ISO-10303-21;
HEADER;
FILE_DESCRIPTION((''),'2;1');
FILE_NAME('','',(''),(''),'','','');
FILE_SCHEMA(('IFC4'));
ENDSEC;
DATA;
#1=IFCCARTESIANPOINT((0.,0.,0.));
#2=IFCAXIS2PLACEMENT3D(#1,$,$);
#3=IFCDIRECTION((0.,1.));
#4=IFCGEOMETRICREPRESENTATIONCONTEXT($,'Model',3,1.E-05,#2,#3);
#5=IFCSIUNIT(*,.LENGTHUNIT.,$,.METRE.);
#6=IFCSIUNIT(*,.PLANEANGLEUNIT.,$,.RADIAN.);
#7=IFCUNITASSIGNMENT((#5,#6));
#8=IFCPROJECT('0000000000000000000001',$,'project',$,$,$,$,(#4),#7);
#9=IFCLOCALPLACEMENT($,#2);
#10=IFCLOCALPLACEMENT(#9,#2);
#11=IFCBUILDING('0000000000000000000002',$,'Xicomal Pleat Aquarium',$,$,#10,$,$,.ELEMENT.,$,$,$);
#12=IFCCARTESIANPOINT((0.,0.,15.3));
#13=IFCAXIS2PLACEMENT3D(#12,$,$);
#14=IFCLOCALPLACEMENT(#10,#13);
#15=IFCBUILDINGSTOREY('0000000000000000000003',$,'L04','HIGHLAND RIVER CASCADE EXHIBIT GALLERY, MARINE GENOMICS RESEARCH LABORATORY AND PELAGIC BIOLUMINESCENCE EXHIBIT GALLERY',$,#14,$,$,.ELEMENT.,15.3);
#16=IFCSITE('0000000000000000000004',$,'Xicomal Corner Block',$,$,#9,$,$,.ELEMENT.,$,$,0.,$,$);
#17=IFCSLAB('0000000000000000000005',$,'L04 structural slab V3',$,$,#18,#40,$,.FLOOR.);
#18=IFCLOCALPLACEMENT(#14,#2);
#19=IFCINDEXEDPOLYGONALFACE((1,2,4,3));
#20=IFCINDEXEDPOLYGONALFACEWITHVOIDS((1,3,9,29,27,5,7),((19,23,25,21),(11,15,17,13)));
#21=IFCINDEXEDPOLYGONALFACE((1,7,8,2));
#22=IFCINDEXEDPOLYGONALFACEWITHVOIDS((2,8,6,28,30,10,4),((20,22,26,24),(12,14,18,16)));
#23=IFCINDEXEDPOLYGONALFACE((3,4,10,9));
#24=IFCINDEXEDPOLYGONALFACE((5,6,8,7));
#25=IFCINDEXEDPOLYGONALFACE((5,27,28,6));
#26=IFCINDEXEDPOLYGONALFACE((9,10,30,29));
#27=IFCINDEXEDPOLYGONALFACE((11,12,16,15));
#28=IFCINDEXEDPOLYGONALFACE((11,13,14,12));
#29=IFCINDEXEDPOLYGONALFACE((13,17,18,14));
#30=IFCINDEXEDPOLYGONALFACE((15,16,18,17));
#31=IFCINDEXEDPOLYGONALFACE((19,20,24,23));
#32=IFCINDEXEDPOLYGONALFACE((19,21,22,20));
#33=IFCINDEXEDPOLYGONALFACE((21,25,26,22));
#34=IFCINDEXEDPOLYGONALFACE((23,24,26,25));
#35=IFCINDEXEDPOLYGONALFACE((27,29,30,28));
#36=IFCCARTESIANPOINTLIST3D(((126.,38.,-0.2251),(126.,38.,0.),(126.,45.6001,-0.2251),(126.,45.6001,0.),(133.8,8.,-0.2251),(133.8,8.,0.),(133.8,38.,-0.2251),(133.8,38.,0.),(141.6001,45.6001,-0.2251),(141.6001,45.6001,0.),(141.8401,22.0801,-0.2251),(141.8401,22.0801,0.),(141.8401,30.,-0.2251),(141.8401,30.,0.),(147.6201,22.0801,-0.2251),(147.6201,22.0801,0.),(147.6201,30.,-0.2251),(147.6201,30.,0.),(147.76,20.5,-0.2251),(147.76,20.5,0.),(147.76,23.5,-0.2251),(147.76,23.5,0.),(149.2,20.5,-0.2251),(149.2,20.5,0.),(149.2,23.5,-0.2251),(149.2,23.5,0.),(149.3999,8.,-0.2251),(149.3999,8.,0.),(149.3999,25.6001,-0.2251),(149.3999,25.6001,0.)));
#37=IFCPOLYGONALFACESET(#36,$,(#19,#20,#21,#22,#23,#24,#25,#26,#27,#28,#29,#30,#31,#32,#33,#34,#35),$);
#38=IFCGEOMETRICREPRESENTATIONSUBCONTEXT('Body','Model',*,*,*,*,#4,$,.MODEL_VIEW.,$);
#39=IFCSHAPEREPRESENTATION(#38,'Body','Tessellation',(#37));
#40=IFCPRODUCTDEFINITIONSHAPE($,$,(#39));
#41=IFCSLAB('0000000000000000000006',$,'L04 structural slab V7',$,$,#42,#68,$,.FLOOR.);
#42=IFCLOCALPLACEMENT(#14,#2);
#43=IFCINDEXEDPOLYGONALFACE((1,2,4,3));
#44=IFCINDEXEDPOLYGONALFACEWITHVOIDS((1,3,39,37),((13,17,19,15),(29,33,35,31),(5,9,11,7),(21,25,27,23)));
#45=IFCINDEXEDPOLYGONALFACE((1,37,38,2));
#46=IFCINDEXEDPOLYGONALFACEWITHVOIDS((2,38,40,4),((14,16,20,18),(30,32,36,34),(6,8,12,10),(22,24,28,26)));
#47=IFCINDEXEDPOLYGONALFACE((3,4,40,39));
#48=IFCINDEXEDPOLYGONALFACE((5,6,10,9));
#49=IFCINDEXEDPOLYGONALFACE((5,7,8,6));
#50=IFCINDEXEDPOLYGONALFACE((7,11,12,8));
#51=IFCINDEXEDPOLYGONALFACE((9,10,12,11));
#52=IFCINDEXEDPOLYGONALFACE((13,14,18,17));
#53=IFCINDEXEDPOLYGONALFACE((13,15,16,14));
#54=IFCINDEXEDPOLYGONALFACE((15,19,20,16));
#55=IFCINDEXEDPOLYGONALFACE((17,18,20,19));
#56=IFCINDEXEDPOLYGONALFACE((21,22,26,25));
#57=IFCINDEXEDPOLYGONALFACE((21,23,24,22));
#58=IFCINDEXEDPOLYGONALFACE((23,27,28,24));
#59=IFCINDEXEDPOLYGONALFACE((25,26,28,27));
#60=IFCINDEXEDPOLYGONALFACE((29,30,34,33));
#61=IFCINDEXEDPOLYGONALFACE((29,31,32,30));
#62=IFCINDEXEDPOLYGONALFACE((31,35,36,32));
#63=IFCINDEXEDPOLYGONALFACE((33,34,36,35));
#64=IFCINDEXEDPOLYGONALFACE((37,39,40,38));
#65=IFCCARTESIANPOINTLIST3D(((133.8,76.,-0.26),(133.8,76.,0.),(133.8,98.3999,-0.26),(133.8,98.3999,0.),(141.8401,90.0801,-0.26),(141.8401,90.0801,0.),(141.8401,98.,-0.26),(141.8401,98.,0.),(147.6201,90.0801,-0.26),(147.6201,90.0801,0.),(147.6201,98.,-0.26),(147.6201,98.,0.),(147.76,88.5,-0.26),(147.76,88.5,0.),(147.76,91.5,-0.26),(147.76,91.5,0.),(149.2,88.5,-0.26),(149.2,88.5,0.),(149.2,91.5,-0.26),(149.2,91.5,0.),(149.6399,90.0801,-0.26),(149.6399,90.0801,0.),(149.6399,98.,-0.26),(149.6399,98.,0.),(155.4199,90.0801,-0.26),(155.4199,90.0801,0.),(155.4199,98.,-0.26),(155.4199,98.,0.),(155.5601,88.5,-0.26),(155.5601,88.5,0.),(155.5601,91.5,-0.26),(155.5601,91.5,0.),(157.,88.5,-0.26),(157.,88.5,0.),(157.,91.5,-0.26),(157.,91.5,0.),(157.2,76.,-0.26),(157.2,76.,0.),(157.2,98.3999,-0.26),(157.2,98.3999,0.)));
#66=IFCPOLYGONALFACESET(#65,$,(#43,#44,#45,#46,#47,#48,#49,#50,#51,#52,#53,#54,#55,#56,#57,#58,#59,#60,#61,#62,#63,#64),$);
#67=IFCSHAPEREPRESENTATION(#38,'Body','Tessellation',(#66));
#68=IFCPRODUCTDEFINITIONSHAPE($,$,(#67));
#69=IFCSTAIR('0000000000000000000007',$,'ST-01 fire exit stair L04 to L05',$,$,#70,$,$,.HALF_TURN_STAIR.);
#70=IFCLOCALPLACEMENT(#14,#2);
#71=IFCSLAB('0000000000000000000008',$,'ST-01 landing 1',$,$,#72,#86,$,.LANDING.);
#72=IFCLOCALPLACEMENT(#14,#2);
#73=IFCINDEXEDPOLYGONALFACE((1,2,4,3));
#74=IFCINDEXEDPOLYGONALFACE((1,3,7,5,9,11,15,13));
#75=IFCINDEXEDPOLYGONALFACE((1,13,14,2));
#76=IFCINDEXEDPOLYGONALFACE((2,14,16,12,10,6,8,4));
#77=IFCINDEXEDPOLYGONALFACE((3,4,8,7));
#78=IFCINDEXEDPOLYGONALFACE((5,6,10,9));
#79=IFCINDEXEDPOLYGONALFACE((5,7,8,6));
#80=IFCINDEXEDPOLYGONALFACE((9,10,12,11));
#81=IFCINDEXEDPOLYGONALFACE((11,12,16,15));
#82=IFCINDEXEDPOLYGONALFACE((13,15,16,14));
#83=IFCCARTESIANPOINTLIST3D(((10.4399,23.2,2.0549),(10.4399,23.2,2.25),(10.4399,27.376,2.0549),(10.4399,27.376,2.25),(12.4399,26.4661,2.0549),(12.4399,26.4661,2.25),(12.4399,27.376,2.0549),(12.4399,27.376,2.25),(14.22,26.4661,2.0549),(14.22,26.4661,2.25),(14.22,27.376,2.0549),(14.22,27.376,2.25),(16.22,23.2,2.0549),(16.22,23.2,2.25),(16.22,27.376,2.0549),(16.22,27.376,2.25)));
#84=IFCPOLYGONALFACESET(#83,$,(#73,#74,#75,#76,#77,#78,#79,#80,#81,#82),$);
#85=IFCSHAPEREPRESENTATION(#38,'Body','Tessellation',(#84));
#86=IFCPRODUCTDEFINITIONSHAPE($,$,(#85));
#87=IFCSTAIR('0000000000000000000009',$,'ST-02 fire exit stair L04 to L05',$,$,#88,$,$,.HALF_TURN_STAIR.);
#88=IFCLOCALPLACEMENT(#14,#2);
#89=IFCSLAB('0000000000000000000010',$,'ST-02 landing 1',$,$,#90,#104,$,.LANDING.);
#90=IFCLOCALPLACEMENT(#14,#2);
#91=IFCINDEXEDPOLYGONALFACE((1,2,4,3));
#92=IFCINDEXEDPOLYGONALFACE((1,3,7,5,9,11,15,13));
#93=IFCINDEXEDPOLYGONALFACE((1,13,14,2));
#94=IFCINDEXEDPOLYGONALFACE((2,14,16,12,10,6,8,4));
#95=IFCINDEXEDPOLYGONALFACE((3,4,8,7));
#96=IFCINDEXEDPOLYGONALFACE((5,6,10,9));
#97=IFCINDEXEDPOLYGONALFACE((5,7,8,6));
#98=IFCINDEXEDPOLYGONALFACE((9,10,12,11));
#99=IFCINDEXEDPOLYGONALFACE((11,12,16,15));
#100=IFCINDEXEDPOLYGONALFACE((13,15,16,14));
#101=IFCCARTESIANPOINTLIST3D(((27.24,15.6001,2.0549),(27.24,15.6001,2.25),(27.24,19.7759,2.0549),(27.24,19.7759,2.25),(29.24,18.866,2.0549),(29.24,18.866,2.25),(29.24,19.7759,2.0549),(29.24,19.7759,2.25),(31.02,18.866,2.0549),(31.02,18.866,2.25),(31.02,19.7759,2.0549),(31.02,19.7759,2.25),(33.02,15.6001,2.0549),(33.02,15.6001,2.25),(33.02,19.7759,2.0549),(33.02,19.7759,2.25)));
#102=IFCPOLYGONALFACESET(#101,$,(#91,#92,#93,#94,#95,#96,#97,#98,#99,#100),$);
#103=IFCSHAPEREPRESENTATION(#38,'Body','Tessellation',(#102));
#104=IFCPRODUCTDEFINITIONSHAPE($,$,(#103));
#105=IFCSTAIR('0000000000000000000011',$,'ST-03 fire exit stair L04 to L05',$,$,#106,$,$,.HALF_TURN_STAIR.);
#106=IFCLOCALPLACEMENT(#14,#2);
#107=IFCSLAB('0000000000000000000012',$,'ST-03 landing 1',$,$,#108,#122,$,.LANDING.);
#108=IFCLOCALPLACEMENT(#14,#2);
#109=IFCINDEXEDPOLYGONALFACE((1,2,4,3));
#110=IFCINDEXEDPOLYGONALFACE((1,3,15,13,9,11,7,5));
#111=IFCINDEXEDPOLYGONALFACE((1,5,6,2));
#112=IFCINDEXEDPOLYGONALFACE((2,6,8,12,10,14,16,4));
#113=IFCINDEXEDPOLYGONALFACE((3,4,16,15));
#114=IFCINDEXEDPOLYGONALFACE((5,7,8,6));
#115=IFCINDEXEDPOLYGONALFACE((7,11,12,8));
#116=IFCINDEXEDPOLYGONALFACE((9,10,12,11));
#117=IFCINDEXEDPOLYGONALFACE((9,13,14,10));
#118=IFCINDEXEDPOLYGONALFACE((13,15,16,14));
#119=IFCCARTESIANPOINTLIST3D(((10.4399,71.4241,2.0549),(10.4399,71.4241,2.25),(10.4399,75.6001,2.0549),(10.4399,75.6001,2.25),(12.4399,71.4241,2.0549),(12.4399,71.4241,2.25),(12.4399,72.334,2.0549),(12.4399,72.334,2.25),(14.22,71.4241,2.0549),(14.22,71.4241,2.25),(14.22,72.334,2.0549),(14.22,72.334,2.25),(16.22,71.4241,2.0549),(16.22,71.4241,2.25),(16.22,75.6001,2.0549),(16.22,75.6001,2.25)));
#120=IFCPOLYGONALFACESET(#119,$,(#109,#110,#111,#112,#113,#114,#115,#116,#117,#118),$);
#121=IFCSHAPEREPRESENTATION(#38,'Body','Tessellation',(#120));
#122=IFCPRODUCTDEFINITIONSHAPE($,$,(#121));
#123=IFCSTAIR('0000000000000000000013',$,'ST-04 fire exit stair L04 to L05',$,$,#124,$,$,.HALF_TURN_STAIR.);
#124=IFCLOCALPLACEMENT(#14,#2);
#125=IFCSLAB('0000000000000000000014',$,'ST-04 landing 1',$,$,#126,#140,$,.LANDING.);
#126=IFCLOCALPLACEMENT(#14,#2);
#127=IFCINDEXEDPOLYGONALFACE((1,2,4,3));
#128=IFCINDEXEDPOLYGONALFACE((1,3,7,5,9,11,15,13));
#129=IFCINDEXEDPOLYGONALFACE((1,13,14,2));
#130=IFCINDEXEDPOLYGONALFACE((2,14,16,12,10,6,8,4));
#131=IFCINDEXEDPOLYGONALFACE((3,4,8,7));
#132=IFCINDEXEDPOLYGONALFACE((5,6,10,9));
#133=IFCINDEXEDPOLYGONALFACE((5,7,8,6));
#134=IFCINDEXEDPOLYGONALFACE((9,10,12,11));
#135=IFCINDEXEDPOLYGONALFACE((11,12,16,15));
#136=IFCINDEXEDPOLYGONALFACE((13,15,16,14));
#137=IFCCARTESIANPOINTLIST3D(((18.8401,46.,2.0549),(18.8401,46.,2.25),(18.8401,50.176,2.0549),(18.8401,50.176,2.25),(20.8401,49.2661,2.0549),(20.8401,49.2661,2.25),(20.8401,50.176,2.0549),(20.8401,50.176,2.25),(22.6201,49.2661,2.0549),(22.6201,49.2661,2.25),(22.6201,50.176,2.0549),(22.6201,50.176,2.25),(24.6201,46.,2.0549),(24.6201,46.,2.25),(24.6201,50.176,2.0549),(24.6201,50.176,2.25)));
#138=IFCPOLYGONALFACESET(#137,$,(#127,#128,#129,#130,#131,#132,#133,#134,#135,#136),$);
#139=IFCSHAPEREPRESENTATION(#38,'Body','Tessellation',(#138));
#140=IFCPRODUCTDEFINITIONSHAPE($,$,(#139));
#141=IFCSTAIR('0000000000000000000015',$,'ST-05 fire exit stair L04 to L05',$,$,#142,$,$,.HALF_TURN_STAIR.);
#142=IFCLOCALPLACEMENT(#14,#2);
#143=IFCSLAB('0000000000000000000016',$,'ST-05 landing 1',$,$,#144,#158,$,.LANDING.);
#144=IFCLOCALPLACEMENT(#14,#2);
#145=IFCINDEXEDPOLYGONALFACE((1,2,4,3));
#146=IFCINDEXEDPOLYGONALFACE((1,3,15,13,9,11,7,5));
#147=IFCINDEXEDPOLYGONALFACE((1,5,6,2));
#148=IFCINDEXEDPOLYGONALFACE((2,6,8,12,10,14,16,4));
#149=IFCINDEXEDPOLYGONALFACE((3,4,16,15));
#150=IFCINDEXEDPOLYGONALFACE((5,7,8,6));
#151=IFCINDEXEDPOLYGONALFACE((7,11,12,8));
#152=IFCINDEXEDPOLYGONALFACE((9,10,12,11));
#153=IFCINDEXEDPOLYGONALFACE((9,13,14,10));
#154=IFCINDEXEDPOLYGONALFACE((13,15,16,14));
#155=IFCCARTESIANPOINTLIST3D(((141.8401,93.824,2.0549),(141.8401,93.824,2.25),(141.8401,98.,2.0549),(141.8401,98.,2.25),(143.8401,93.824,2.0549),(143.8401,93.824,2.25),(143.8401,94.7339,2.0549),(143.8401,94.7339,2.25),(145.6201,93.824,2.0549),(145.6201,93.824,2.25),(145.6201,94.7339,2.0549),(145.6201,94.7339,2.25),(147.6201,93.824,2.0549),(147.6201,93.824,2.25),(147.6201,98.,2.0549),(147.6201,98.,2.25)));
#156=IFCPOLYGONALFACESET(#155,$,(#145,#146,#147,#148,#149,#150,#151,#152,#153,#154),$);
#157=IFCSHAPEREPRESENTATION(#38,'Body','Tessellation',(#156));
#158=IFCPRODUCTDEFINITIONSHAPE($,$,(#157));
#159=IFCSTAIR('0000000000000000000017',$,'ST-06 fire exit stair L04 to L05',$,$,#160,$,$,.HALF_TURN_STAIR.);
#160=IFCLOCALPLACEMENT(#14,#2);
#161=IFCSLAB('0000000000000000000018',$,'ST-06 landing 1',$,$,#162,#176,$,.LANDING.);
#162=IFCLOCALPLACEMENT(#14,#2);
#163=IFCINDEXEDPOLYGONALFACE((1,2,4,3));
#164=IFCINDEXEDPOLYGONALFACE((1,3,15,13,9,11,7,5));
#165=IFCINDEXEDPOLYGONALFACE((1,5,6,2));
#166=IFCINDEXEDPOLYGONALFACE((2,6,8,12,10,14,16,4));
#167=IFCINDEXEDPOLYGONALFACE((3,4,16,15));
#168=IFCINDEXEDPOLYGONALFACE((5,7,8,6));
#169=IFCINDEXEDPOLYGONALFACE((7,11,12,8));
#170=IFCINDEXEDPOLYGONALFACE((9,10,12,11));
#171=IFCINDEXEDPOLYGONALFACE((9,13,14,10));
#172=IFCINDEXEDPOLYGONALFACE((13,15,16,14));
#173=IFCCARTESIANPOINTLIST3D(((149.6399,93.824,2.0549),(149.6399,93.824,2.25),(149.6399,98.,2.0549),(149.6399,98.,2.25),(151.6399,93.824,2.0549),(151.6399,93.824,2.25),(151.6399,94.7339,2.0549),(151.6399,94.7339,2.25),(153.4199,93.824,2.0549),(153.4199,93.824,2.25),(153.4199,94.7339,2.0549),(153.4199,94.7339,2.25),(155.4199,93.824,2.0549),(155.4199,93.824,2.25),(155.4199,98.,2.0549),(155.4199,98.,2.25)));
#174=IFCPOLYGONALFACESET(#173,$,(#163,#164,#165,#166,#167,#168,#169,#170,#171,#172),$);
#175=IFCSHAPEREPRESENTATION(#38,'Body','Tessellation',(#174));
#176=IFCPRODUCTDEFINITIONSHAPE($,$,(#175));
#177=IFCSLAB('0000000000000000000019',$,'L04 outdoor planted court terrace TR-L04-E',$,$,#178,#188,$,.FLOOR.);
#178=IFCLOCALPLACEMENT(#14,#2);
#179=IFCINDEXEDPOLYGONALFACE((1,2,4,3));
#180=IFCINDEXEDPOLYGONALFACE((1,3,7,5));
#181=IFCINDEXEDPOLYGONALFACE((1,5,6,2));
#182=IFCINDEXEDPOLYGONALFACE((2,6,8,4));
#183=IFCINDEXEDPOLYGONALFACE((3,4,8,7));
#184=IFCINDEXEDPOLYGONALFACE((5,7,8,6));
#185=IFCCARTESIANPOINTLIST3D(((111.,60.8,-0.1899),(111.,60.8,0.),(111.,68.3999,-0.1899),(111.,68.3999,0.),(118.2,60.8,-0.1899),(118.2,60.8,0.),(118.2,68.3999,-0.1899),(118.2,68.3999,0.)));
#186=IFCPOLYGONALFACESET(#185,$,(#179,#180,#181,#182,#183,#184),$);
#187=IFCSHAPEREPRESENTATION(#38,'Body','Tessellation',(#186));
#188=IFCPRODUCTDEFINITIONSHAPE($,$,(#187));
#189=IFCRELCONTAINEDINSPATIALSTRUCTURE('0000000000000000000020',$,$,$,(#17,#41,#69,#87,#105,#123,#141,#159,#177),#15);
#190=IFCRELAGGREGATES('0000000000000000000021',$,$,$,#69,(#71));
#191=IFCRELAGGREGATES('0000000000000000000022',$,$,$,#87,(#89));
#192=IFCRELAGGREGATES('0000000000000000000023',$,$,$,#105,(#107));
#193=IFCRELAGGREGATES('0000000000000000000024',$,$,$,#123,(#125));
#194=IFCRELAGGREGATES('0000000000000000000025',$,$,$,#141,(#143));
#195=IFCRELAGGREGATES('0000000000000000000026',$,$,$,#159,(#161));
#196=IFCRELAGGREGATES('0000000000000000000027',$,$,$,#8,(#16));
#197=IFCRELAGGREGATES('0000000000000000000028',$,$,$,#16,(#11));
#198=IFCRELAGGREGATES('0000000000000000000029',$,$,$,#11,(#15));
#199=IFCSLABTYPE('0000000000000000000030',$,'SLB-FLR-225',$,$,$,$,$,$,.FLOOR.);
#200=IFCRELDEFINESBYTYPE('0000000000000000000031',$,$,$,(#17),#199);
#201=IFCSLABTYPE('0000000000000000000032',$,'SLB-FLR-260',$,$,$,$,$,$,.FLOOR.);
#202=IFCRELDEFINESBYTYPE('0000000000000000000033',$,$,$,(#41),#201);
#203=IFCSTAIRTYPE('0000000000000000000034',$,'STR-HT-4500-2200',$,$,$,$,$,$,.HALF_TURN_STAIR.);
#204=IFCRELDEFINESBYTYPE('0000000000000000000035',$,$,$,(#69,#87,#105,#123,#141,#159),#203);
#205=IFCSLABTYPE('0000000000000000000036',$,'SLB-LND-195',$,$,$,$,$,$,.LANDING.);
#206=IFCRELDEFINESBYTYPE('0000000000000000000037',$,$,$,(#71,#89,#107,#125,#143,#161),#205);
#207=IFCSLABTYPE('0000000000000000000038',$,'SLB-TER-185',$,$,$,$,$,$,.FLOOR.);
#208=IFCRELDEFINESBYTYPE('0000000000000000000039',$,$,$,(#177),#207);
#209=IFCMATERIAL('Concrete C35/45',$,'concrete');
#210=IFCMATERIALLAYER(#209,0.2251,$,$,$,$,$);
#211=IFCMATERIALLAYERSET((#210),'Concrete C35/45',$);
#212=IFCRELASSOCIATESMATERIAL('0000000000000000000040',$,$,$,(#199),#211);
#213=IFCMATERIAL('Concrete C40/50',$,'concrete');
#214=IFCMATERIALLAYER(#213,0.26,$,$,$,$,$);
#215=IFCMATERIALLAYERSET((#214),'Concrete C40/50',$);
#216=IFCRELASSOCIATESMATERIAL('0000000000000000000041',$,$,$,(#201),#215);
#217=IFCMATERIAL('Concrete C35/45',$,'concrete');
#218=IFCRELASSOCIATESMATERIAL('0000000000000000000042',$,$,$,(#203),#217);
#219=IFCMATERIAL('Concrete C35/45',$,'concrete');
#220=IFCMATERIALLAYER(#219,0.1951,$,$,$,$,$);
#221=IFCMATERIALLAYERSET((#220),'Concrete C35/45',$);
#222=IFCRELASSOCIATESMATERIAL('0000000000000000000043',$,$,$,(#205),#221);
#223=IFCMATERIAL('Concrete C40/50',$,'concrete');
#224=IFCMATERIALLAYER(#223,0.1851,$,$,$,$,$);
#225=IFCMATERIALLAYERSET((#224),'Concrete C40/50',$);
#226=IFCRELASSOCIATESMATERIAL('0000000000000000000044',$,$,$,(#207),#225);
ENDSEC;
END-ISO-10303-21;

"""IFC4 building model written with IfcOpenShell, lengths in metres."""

from ifc_helpers import new_model, si_unit, direction, frame, origin, place, context, subcontext, project, spatial, polyline, outline, extrude, material, layer, layer_set, type_object, element, aggregate, save


model = new_model("IFC4")

# Units and contexts
model_context = context("Model", 3, precision=1e-05, world=origin(), true_north=direction((0.0, 1.0)))
body_context = subcontext(model_context, "Body", "Model", "MODEL_VIEW")
ifc_project = project(units=[si_unit("LENGTHUNIT", "METRE"), si_unit("PLANEANGLEUNIT", "RADIAN")], contexts=[model_context])

# Site, building, storey
site_placement = place(None, origin())
site = spatial("IfcSite", under=ifc_project, at=site_placement, Name="Xicomal Corner Block", CompositionType="ELEMENT", RefElevation=0.0)
building_placement = place(site_placement, origin())
building = spatial("IfcBuilding", under=site, at=building_placement, Name="Xicomal Pleat Aquarium", CompositionType="ELEMENT")
storey_placement = place(building_placement, frame((0.0, 0.0, 15.3)))
storey = spatial("IfcBuildingStorey", under=building, at=storey_placement, Name="L04", Description="HIGHLAND RIVER CASCADE EXHIBIT GALLERY, MARINE GENOMICS RESEARCH LABORATORY AND PELAGIC BIOLUMINESCENCE EXHIBIT GALLERY", CompositionType="ELEMENT", Elevation=15.3)

# Slabs
ifc_material_1 = material(Name="Concrete C35/45", Category="concrete")
ifc_layer_1 = layer(ifc_material_1, 0.2251)
ifc_layer_set_1 = layer_set([ifc_layer_1], Name="Concrete C35/45")
slab_type_1 = type_object("IfcSlabType", Name="SLB-FLR-225", PredefinedType="FLOOR", material=ifc_layer_set_1)
slab_1_placement = place(storey_placement, frame((0.0, 0.0, -0.2251)))
element("IfcSlab", 1, at=slab_1_placement, inside=storey, type_object=slab_type_1, Name="L04 structural slab V3", PredefinedType="FLOOR", context=body_context, shape_type="SweptSolid", body=[
    extrude(outline(polyline([(141.6001, 45.6001), (149.3999, 25.6001), (149.3999, 8.0), (133.8, 8.0), (133.8, 38.0), (126.0, 38.0), (126.0, 45.6001), (141.6001, 45.6001)]), holes=[polyline([(141.8401, 22.0801), (147.6201, 22.0801), (147.6201, 30.0), (141.8401, 30.0), (141.8401, 22.0801)]), polyline([(147.76, 20.5), (149.2, 20.5), (149.2, 23.5), (147.76, 23.5), (147.76, 20.5)])]), origin(), (0.0, 0.0, 1.0), 0.2251),
])
ifc_material_2 = material(Name="Concrete C40/50", Category="concrete")
ifc_layer_2 = layer(ifc_material_2, 0.26)
ifc_layer_set_2 = layer_set([ifc_layer_2], Name="Concrete C40/50")
slab_type_2 = type_object("IfcSlabType", Name="SLB-FLR-260", PredefinedType="FLOOR", material=ifc_layer_set_2)
slab_2_placement = place(storey_placement, frame((0.0, 0.0, -0.26)))
element("IfcSlab", 2, at=slab_2_placement, inside=storey, type_object=slab_type_2, Name="L04 structural slab V7", PredefinedType="FLOOR", context=body_context, shape_type="SweptSolid", body=[
    extrude(outline(polyline([(133.8, 98.3999), (157.2, 98.3999), (157.2, 76.0), (133.8, 76.0), (133.8, 98.3999)]), holes=[polyline([(141.8401, 90.0801), (147.6201, 90.0801), (147.6201, 98.0), (141.8401, 98.0), (141.8401, 90.0801)]), polyline([(147.76, 88.5), (149.2, 88.5), (149.2, 91.5), (147.76, 91.5), (147.76, 88.5)]), polyline([(149.6399, 90.0801), (155.4199, 90.0801), (155.4199, 98.0), (149.6399, 98.0), (149.6399, 90.0801)]), polyline([(155.5601, 88.5), (157.0, 88.5), (157.0, 91.5), (155.5601, 91.5), (155.5601, 88.5)])]), origin(), (0.0, 0.0, 1.0), 0.26),
])

# Stairs, slabs
ifc_material_3 = material(Name="Concrete C35/45", Category="concrete")
stair_type = type_object("IfcStairType", Name="STR-HT-4500-2200", PredefinedType="HALF_TURN_STAIR", material=ifc_material_3)
stair_1_placement = place(storey_placement, origin())
stair_1 = element("IfcStair", 3, at=stair_1_placement, inside=storey, type_object=stair_type, Name="ST-01 fire exit stair L04 to L05", PredefinedType="HALF_TURN_STAIR")
ifc_material_4 = material(Name="Concrete C35/45", Category="concrete")
ifc_layer_3 = layer(ifc_material_4, 0.1951)
ifc_layer_set_3 = layer_set([ifc_layer_3], Name="Concrete C35/45")
slab_type_3 = type_object("IfcSlabType", Name="SLB-LND-195", PredefinedType="LANDING", material=ifc_layer_set_3)
slab_3_placement = place(storey_placement, frame((0.0, 0.0, 2.0549)))
slab_3 = element("IfcSlab", 4, at=slab_3_placement, type_object=slab_type_3, Name="ST-01 landing 1", PredefinedType="LANDING", context=body_context, shape_type="SweptSolid", body=[
    extrude(outline(polyline([(10.4399, 23.2), (16.22, 23.2), (16.22, 27.376), (14.22, 27.376), (14.22, 26.4661), (12.4399, 26.4661), (12.4399, 27.376), (10.4399, 27.376), (10.4399, 23.2)])), origin(), (0.0, 0.0, 1.0), 0.1951),
])
aggregate(stair_1, [slab_3])
stair_2_placement = place(storey_placement, origin())
stair_2 = element("IfcStair", 5, at=stair_2_placement, inside=storey, type_object=stair_type, Name="ST-02 fire exit stair L04 to L05", PredefinedType="HALF_TURN_STAIR")
slab_4_placement = place(storey_placement, frame((0.0, 0.0, 2.0549)))
slab_4 = element("IfcSlab", 6, at=slab_4_placement, type_object=slab_type_3, Name="ST-02 landing 1", PredefinedType="LANDING", context=body_context, shape_type="SweptSolid", body=[
    extrude(outline(polyline([(27.24, 15.6001), (33.02, 15.6001), (33.02, 19.7759), (31.02, 19.7759), (31.02, 18.866), (29.24, 18.866), (29.24, 19.7759), (27.24, 19.7759), (27.24, 15.6001)])), origin(), (0.0, 0.0, 1.0), 0.1951),
])
aggregate(stair_2, [slab_4])
stair_3_placement = place(storey_placement, origin())
stair_3 = element("IfcStair", 7, at=stair_3_placement, inside=storey, type_object=stair_type, Name="ST-03 fire exit stair L04 to L05", PredefinedType="HALF_TURN_STAIR")
slab_5_placement = place(storey_placement, frame((0.0, 0.0, 2.0549)))
slab_5 = element("IfcSlab", 8, at=slab_5_placement, type_object=slab_type_3, Name="ST-03 landing 1", PredefinedType="LANDING", context=body_context, shape_type="SweptSolid", body=[
    extrude(outline(polyline([(10.4399, 75.6001), (16.22, 75.6001), (16.22, 71.4241), (14.22, 71.4241), (14.22, 72.334), (12.4399, 72.334), (12.4399, 71.4241), (10.4399, 71.4241), (10.4399, 75.6001)])), origin(), (0.0, 0.0, 1.0), 0.1951),
])
aggregate(stair_3, [slab_5])
stair_4_placement = place(storey_placement, origin())
stair_4 = element("IfcStair", 9, at=stair_4_placement, inside=storey, type_object=stair_type, Name="ST-04 fire exit stair L04 to L05", PredefinedType="HALF_TURN_STAIR")
slab_6_placement = place(storey_placement, frame((0.0, 0.0, 2.0549)))
slab_6 = element("IfcSlab", 10, at=slab_6_placement, type_object=slab_type_3, Name="ST-04 landing 1", PredefinedType="LANDING", context=body_context, shape_type="SweptSolid", body=[
    extrude(outline(polyline([(18.8401, 46.0), (24.6201, 46.0), (24.6201, 50.176), (22.6201, 50.176), (22.6201, 49.2661), (20.8401, 49.2661), (20.8401, 50.176), (18.8401, 50.176), (18.8401, 46.0)])), origin(), (0.0, 0.0, 1.0), 0.1951),
])
aggregate(stair_4, [slab_6])
stair_5_placement = place(storey_placement, origin())
stair_5 = element("IfcStair", 11, at=stair_5_placement, inside=storey, type_object=stair_type, Name="ST-05 fire exit stair L04 to L05", PredefinedType="HALF_TURN_STAIR")
slab_7_placement = place(storey_placement, frame((0.0, 0.0, 2.0549)))
slab_7 = element("IfcSlab", 12, at=slab_7_placement, type_object=slab_type_3, Name="ST-05 landing 1", PredefinedType="LANDING", context=body_context, shape_type="SweptSolid", body=[
    extrude(outline(polyline([(141.8401, 98.0), (147.6201, 98.0), (147.6201, 93.824), (145.6201, 93.824), (145.6201, 94.7339), (143.8401, 94.7339), (143.8401, 93.824), (141.8401, 93.824), (141.8401, 98.0)])), origin(), (0.0, 0.0, 1.0), 0.1951),
])
aggregate(stair_5, [slab_7])
stair_6_placement = place(storey_placement, origin())
stair_6 = element("IfcStair", 13, at=stair_6_placement, inside=storey, type_object=stair_type, Name="ST-06 fire exit stair L04 to L05", PredefinedType="HALF_TURN_STAIR")
slab_8_placement = place(storey_placement, frame((0.0, 0.0, 2.0549)))
slab_8 = element("IfcSlab", 14, at=slab_8_placement, type_object=slab_type_3, Name="ST-06 landing 1", PredefinedType="LANDING", context=body_context, shape_type="SweptSolid", body=[
    extrude(outline(polyline([(149.6399, 98.0), (155.4199, 98.0), (155.4199, 93.824), (153.4199, 93.824), (153.4199, 94.7339), (151.6399, 94.7339), (151.6399, 93.824), (149.6399, 93.824), (149.6399, 98.0)])), origin(), (0.0, 0.0, 1.0), 0.1951),
])
aggregate(stair_6, [slab_8])

# Slab
ifc_material_5 = material(Name="Concrete C40/50", Category="concrete")
ifc_layer_4 = layer(ifc_material_5, 0.1851)
ifc_layer_set_4 = layer_set([ifc_layer_4], Name="Concrete C40/50")
slab_type_4 = type_object("IfcSlabType", Name="SLB-TER-185", PredefinedType="FLOOR", material=ifc_layer_set_4)
slab_9_placement = place(storey_placement, frame((0.0, 0.0, -0.1899)))
element("IfcSlab", 15, at=slab_9_placement, inside=storey, type_object=slab_type_4, Name="L04 outdoor planted court terrace TR-L04-E", PredefinedType="FLOOR", context=body_context, shape_type="SweptSolid", body=[
    extrude(outline(polyline([(111.0, 60.8), (111.0, 68.3999), (118.2, 68.3999), (118.2, 60.8), (111.0, 60.8)])), origin(), (0.0, 0.0, 1.0), 0.1899),
])

save(model, "model.ifc")
